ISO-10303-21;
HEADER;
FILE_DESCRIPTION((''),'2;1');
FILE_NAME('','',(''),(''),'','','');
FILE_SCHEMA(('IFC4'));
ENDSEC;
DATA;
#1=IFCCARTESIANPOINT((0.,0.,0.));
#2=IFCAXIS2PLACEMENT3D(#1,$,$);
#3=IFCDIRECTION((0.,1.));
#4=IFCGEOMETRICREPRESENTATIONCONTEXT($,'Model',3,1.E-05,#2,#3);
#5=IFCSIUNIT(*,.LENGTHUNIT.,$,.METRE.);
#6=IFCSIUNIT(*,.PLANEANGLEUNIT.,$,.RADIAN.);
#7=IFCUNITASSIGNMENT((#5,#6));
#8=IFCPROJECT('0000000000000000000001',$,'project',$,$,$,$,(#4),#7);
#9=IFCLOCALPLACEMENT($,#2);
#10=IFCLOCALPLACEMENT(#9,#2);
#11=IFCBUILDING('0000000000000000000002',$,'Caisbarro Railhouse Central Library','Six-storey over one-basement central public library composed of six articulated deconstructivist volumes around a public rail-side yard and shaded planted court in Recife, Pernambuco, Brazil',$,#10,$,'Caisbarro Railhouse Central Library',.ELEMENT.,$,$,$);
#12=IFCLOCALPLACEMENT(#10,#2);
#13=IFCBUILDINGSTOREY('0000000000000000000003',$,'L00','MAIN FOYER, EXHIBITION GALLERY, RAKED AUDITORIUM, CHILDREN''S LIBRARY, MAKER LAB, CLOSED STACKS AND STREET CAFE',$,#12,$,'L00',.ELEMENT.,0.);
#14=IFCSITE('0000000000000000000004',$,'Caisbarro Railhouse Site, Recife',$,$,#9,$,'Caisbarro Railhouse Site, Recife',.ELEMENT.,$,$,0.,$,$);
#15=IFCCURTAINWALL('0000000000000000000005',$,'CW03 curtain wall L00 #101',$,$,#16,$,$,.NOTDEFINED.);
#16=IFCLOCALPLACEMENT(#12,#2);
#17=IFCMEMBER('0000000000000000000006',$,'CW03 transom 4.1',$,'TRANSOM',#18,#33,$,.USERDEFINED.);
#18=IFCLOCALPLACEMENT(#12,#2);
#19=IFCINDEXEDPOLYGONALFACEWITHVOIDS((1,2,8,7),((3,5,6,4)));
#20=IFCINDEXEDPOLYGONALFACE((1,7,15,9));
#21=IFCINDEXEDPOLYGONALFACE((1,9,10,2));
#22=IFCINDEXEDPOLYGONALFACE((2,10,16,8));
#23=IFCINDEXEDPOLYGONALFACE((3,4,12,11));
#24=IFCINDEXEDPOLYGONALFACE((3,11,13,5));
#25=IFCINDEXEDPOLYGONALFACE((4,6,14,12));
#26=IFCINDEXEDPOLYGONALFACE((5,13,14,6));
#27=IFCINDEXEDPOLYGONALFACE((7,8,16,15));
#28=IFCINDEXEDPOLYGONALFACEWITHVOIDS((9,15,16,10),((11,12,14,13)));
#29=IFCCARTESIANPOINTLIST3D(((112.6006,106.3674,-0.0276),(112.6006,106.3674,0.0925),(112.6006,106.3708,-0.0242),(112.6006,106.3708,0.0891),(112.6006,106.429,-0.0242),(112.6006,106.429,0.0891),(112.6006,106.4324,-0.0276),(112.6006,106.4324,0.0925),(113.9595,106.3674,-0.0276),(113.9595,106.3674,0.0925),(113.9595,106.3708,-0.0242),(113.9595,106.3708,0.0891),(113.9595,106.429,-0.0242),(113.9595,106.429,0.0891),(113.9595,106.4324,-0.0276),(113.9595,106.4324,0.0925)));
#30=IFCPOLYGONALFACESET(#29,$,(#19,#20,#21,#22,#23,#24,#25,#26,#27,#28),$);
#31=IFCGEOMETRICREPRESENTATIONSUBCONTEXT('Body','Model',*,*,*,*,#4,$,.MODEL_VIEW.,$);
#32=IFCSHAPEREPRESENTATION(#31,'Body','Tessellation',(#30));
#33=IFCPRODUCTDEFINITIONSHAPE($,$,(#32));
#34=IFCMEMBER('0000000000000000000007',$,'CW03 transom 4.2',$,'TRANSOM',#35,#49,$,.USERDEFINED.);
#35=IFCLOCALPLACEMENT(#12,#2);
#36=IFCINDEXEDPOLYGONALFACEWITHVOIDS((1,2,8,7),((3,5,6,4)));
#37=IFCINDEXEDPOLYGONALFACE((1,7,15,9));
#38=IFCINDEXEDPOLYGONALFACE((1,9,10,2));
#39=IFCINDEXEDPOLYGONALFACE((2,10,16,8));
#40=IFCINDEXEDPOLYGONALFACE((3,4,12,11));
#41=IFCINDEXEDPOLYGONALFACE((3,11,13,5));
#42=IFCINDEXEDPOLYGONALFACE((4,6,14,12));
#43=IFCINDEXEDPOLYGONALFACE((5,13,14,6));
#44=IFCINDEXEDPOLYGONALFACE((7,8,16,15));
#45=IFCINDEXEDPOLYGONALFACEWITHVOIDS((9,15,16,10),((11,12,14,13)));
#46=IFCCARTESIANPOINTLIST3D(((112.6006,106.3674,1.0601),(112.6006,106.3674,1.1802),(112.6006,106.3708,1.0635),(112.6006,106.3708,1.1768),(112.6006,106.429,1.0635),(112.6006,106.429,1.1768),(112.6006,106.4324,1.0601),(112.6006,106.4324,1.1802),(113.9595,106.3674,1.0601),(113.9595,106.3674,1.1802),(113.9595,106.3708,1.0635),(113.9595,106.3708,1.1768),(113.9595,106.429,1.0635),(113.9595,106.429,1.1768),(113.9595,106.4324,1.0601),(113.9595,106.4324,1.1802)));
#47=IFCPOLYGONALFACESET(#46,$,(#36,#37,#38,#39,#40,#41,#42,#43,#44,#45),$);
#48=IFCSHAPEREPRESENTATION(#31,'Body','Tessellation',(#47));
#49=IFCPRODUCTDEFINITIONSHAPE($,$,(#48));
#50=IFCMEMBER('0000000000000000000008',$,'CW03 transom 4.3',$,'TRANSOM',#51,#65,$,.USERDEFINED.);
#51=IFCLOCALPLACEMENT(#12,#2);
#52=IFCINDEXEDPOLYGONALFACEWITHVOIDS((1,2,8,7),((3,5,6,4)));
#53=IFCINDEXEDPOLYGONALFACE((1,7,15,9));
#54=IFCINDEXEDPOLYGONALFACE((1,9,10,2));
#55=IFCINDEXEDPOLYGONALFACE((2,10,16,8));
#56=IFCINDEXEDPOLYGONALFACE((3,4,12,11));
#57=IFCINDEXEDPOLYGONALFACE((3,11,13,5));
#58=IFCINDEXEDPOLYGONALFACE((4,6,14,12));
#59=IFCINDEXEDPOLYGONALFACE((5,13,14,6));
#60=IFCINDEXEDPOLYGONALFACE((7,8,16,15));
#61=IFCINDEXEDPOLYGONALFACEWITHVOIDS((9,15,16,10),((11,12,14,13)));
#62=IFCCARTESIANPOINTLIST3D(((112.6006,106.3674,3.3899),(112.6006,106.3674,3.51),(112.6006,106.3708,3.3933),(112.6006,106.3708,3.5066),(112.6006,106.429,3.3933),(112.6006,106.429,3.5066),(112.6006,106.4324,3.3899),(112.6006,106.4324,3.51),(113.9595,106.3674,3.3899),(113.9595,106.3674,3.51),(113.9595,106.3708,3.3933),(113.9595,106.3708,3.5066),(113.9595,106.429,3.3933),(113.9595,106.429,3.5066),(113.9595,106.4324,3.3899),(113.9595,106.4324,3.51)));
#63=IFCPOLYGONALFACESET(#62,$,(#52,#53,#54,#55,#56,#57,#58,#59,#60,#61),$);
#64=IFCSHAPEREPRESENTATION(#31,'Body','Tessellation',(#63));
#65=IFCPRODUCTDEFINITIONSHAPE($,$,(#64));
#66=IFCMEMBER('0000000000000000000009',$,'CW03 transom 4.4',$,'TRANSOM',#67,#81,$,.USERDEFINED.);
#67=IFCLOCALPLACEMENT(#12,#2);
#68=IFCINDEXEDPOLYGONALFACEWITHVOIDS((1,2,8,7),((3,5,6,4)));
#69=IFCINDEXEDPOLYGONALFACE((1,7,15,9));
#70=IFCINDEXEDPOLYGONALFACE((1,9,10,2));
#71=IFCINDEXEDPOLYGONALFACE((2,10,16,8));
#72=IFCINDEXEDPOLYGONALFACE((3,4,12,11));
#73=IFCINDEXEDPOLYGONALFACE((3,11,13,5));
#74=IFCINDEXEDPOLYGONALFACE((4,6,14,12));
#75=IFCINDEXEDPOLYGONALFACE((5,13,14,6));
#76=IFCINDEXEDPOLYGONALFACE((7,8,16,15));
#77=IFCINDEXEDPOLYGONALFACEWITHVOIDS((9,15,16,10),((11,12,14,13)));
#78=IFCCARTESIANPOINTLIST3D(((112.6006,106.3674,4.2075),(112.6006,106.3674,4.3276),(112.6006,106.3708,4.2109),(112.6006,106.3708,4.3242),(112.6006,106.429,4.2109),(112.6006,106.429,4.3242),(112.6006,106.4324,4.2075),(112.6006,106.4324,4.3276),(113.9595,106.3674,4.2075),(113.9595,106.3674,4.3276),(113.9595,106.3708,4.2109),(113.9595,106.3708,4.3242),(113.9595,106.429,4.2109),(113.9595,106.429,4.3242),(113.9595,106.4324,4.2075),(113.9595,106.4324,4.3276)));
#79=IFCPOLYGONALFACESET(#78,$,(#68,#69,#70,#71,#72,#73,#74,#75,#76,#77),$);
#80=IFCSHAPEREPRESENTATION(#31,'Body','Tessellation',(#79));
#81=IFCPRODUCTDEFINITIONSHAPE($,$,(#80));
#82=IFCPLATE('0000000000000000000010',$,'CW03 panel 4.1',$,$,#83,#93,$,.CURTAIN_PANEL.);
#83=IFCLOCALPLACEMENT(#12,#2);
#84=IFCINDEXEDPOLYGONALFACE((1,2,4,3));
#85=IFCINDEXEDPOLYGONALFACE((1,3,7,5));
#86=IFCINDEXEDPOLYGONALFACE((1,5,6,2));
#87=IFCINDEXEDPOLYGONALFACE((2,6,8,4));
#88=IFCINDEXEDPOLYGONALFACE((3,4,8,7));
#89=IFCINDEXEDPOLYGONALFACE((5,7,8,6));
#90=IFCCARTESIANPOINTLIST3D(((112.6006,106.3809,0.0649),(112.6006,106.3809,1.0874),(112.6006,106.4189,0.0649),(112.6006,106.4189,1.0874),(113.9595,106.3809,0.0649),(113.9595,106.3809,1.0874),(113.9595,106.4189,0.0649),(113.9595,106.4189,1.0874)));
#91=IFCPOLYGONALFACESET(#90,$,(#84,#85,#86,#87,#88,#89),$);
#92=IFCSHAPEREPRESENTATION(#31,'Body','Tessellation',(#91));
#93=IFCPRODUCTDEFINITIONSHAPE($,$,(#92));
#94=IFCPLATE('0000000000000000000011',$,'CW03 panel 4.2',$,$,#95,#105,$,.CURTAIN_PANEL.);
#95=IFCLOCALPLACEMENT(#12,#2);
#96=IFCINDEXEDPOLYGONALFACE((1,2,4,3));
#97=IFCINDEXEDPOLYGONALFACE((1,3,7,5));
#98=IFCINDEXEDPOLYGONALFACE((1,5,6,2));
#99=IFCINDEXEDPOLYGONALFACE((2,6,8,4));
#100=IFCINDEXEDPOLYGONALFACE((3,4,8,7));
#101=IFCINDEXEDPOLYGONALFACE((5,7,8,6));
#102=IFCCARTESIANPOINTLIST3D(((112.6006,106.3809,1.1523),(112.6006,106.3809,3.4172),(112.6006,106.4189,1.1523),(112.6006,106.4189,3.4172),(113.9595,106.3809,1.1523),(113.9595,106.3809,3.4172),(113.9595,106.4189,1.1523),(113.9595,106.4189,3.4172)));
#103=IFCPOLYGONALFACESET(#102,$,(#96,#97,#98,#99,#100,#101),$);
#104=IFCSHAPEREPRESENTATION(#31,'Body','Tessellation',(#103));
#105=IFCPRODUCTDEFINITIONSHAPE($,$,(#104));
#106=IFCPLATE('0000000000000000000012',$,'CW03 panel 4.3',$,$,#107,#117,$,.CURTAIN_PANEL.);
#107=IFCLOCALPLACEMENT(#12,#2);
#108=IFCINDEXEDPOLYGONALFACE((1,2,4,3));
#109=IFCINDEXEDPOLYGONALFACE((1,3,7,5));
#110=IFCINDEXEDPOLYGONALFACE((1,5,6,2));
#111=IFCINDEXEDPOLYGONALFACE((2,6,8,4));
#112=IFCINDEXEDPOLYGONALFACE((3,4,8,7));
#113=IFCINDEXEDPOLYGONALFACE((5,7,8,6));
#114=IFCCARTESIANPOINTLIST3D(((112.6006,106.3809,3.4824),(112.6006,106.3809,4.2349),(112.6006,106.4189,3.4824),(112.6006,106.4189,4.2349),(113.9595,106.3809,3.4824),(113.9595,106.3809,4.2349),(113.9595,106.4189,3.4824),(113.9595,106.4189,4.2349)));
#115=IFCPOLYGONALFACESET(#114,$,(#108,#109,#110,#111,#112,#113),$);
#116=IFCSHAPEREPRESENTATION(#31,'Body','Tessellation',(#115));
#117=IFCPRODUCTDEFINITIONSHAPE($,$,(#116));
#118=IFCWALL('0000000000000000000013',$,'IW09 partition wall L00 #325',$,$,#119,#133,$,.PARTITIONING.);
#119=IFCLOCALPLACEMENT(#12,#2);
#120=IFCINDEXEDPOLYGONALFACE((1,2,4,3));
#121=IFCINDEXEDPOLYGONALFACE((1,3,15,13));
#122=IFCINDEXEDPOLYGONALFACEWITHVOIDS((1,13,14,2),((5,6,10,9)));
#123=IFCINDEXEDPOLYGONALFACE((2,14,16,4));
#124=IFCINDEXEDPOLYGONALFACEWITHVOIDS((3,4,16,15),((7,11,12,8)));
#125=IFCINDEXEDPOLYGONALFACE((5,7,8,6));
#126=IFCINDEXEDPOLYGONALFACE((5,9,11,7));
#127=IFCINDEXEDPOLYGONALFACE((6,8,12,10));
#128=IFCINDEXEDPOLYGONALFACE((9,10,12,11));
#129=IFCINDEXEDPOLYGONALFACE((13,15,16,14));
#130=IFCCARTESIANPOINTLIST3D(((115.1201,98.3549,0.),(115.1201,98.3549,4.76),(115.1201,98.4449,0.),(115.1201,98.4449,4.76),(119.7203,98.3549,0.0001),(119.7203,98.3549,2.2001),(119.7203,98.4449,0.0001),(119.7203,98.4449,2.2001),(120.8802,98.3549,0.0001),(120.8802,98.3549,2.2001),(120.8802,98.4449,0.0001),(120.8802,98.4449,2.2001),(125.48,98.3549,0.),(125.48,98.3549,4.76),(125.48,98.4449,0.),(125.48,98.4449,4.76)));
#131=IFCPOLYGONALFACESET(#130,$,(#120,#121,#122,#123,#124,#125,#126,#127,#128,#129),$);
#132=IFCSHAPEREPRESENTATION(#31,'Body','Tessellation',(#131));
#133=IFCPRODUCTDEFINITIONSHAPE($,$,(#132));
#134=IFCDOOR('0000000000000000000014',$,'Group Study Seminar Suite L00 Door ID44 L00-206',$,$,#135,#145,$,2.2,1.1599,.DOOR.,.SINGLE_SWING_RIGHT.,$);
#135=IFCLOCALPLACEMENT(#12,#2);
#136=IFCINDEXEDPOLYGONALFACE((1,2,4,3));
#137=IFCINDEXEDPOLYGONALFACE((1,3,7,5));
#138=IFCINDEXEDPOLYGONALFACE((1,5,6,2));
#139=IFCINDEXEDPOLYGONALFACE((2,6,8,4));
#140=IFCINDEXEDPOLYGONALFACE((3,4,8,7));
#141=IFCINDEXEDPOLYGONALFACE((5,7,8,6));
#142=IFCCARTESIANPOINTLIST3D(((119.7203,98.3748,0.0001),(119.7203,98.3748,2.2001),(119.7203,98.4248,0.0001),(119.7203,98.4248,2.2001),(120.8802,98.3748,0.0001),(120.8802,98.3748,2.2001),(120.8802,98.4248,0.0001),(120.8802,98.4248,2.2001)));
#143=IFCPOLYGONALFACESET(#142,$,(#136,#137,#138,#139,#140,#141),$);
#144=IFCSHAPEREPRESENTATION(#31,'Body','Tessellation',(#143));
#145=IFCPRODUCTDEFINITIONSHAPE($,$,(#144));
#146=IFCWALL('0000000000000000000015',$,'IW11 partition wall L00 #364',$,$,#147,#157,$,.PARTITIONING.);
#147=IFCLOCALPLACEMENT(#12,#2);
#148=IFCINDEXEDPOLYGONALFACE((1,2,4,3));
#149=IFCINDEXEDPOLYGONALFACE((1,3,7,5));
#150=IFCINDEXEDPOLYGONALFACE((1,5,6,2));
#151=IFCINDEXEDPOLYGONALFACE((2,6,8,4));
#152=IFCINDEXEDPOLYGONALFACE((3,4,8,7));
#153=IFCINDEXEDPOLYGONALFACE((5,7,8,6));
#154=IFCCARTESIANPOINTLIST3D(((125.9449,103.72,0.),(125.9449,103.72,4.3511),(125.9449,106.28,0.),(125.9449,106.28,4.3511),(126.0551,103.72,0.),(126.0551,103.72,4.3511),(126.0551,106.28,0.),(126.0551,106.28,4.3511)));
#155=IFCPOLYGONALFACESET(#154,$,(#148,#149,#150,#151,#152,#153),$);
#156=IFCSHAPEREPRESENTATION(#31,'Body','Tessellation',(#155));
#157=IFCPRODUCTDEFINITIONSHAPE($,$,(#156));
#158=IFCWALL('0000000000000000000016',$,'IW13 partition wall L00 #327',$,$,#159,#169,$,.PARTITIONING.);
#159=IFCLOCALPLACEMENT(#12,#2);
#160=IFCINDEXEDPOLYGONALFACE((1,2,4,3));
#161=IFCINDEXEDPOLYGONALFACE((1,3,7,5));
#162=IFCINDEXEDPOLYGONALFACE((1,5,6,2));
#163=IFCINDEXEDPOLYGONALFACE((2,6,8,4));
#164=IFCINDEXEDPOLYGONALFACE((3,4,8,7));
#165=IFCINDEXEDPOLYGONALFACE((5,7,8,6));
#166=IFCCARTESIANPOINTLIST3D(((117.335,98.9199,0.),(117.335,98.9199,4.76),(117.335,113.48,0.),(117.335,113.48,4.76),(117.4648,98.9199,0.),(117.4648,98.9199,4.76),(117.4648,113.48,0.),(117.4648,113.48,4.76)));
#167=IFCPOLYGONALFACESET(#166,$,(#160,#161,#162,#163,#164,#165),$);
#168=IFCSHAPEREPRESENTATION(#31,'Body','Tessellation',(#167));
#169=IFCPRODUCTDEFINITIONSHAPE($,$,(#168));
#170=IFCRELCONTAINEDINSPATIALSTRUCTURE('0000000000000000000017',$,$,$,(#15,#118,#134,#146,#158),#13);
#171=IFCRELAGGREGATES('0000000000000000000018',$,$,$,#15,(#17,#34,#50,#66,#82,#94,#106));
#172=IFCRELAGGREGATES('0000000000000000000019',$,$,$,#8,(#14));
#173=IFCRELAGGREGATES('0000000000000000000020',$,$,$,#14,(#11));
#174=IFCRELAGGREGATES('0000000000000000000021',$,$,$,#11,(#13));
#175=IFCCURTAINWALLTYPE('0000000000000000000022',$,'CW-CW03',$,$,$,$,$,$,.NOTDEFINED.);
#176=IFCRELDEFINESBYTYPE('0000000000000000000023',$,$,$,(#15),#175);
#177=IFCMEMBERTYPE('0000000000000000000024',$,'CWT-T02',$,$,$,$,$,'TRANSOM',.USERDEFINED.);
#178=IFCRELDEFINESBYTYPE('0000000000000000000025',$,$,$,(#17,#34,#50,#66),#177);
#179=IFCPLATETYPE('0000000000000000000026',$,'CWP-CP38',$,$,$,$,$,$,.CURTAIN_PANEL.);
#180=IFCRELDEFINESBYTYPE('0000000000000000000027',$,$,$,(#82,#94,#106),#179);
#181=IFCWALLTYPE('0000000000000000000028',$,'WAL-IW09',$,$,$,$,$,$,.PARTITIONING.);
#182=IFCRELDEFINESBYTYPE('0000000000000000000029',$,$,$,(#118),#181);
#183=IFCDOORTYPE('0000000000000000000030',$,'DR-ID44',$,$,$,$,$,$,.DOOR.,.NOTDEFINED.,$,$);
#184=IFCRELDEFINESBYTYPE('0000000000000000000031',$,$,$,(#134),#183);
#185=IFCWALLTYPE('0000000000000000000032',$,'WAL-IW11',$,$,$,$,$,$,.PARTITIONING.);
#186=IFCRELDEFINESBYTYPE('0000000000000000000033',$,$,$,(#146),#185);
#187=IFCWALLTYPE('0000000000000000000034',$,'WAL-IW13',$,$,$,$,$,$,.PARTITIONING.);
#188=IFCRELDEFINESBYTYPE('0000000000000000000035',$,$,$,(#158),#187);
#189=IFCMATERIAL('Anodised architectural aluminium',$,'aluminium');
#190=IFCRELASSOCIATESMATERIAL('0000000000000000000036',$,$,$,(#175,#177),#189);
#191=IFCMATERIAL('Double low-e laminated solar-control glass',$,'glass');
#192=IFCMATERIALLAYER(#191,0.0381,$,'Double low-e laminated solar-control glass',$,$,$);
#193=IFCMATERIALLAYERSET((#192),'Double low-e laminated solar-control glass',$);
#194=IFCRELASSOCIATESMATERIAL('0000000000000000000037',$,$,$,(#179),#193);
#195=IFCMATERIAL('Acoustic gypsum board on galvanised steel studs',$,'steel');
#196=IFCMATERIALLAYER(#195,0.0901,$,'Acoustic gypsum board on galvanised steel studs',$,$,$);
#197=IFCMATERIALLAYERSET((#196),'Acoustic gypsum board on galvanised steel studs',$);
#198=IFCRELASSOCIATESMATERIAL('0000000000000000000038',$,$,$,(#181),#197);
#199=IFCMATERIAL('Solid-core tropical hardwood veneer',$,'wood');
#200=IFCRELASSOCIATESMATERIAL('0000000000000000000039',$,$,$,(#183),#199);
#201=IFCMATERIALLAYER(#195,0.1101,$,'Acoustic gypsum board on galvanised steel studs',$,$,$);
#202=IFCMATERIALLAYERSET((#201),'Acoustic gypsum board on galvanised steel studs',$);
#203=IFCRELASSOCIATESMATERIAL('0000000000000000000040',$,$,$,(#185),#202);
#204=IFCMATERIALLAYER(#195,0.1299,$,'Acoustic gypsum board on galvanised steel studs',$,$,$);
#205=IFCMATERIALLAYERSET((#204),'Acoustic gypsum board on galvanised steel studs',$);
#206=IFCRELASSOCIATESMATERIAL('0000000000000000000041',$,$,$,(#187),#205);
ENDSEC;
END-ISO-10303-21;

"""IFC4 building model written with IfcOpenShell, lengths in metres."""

from ifc_helpers import new_model, si_unit, direction, frame, frame_2d, origin, origin_2d, place, context, subcontext, project, spatial, rectangle, hollow_rectangle, extrude, material, layer, layer_set, material_profile, profile_set, type_object, element, fill, aggregate, save


model = new_model("IFC4")

# Units and contexts
model_context = context("Model", 3, precision=1e-05, world=origin(), true_north=direction((0.0, 1.0)))
body_context = subcontext(model_context, "Body", "Model", "MODEL_VIEW")
ifc_project = project(units=[si_unit("LENGTHUNIT", "METRE"), si_unit("PLANEANGLEUNIT", "RADIAN")], contexts=[model_context])

# Site, building, storey
site_placement = place(None, origin())
site = spatial("IfcSite", under=ifc_project, at=site_placement, Name="Caisbarro Railhouse Site, Recife", LongName="Caisbarro Railhouse Site, Recife", CompositionType="ELEMENT", RefElevation=0.0)
building_placement = place(site_placement, origin())
building = spatial("IfcBuilding", under=site, at=building_placement, Name="Caisbarro Railhouse Central Library", Description="Six-storey over one-basement central public library composed of six articulated deconstructivist volumes around a public rail-side yard and shaded planted court in Recife, Pernambuco, Brazil", LongName="Caisbarro Railhouse Central Library", CompositionType="ELEMENT")
storey_placement = place(building_placement, origin())
storey = spatial("IfcBuildingStorey", under=building, at=storey_placement, Name="L00", Description="MAIN FOYER, EXHIBITION GALLERY, RAKED AUDITORIUM, CHILDREN'S LIBRARY, MAKER LAB, CLOSED STACKS AND STREET CAFE", LongName="L00", CompositionType="ELEMENT", Elevation=0.0)

# Curtain wall, members, plates
ifc_material_1 = material(Name="Anodised architectural aluminium", Category="aluminium")
curtain_wall_type = type_object("IfcCurtainWallType", Name="CW-CW03", PredefinedType="NOTDEFINED", material=ifc_material_1)
curtain_wall_placement = place(storey_placement, origin())
curtain_wall = element("IfcCurtainWall", 1, at=curtain_wall_placement, inside=storey, type_object=curtain_wall_type, Name="CW03 curtain wall L00 #101", PredefinedType="NOTDEFINED")
ifc_material_profile_1 = material_profile(ifc_material_1, hollow_rectangle(XDim=0.0649, YDim=0.1201, WallThickness=0.0034, at=origin_2d()), Name="ALU-TRN-65X120")
ifc_profile_set_1 = profile_set([ifc_material_profile_1], Name="Anodised architectural aluminium")
member_type_1 = type_object("IfcMemberType", Name="CWT-T02", ElementType="TRANSOM", PredefinedType="USERDEFINED", material=ifc_profile_set_1)
member_1_placement = place(storey_placement, frame((112.6006, 106.3999, 0.0325), z_axis=(1.0, 0.0, 0.0), x_axis=(0.0, 1.0, 0.0)))
member_1 = element("IfcMember", 2, at=member_1_placement, type_object=member_type_1, Name="CW03 transom 4.1", ObjectType="TRANSOM", PredefinedType="USERDEFINED", context=body_context, shape_type="SweptSolid", body=[
    extrude(hollow_rectangle(XDim=0.0649, YDim=0.1201, WallThickness=0.0034, at=origin_2d()), origin(), (0.0, 0.0, 1.0), 1.3589),
])
member_2_placement = place(storey_placement, frame((112.6006, 106.3999, 1.1201), z_axis=(1.0, 0.0, 0.0), x_axis=(0.0, 1.0, 0.0)))
member_2 = element("IfcMember", 3, at=member_2_placement, type_object=member_type_1, Name="CW03 transom 4.2", ObjectType="TRANSOM", PredefinedType="USERDEFINED", context=body_context, shape_type="SweptSolid", body=[
    extrude(hollow_rectangle(XDim=0.0649, YDim=0.1201, WallThickness=0.0034, at=origin_2d()), origin(), (0.0, 0.0, 1.0), 1.3589),
])
member_3_placement = place(storey_placement, frame((112.6006, 106.3999, 3.45), z_axis=(1.0, 0.0, 0.0), x_axis=(0.0, 1.0, 0.0)))
member_3 = element("IfcMember", 4, at=member_3_placement, type_object=member_type_1, Name="CW03 transom 4.3", ObjectType="TRANSOM", PredefinedType="USERDEFINED", context=body_context, shape_type="SweptSolid", body=[
    extrude(hollow_rectangle(XDim=0.0649, YDim=0.1201, WallThickness=0.0034, at=origin_2d()), origin(), (0.0, 0.0, 1.0), 1.3589),
])
member_4_placement = place(storey_placement, frame((112.6006, 106.3999, 4.2676), z_axis=(1.0, 0.0, 0.0), x_axis=(0.0, 1.0, 0.0)))
member_4 = element("IfcMember", 5, at=member_4_placement, type_object=member_type_1, Name="CW03 transom 4.4", ObjectType="TRANSOM", PredefinedType="USERDEFINED", context=body_context, shape_type="SweptSolid", body=[
    extrude(hollow_rectangle(XDim=0.0649, YDim=0.1201, WallThickness=0.0034, at=origin_2d()), origin(), (0.0, 0.0, 1.0), 1.3589),
])
ifc_material_2 = material(Name="Double low-e laminated solar-control glass", Category="glass")
ifc_layer_1 = layer(ifc_material_2, 0.0381, Name="Double low-e laminated solar-control glass")
ifc_layer_set_1 = layer_set([ifc_layer_1], Name="Double low-e laminated solar-control glass")
plate_type = type_object("IfcPlateType", Name="CWP-CP38", PredefinedType="CURTAIN_PANEL", material=ifc_layer_set_1)
plate_1_placement = place(storey_placement, frame((113.28, 106.3999, 0.0649), z_axis=(0.0, 0.0, 1.0), x_axis=(1.0, 0.0, 0.0)))
plate_1 = element("IfcPlate", 6, at=plate_1_placement, type_object=plate_type, Name="CW03 panel 4.1", PredefinedType="CURTAIN_PANEL", context=body_context, shape_type="SweptSolid", body=[
    extrude(rectangle(XDim=1.3589, YDim=0.0381, at=origin_2d()), origin(), (0.0, 0.0, 1.0), 1.0225),
])
plate_2_placement = place(storey_placement, frame((113.28, 106.3999, 1.1523), z_axis=(0.0, 0.0, 1.0), x_axis=(1.0, 0.0, 0.0)))
plate_2 = element("IfcPlate", 7, at=plate_2_placement, type_object=plate_type, Name="CW03 panel 4.2", PredefinedType="CURTAIN_PANEL", context=body_context, shape_type="SweptSolid", body=[
    extrude(rectangle(XDim=1.3589, YDim=0.0381, at=origin_2d()), origin(), (0.0, 0.0, 1.0), 2.2649),
])
plate_3_placement = place(storey_placement, frame((113.28, 106.3999, 3.4824), z_axis=(0.0, 0.0, 1.0), x_axis=(1.0, 0.0, 0.0)))
plate_3 = element("IfcPlate", 8, at=plate_3_placement, type_object=plate_type, Name="CW03 panel 4.3", PredefinedType="CURTAIN_PANEL", context=body_context, shape_type="SweptSolid", body=[
    extrude(rectangle(XDim=1.3589, YDim=0.0381, at=origin_2d()), origin(), (0.0, 0.0, 1.0), 0.7524),
])
aggregate(curtain_wall, [member_1, member_2, member_3, member_4, plate_1, plate_2, plate_3])

# Wall, opening, door
ifc_material_3 = material(Name="Acoustic gypsum board on galvanised steel studs", Category="steel")
ifc_layer_2 = layer(ifc_material_3, 0.0901, Name="Acoustic gypsum board on galvanised steel studs")
ifc_layer_set_2 = layer_set([ifc_layer_2], Name="Acoustic gypsum board on galvanised steel studs")
wall_type_1 = type_object("IfcWallType", Name="WAL-IW09", PredefinedType="PARTITIONING", material=ifc_layer_set_2)
wall_1_placement = place(storey_placement, frame((115.1201, 98.3999, 0.0), z_axis=(0.0, 0.0, 1.0), x_axis=(1.0, 0.0, 0.0)))
wall_1 = element("IfcWall", 9, at=wall_1_placement, inside=storey, type_object=wall_type_1, Name="IW09 partition wall L00 #325", PredefinedType="PARTITIONING", context=body_context, shape_type="SweptSolid", body=[
    extrude(rectangle(XDim=10.3599, YDim=0.0901, at=frame_2d((5.1799, 0.0))), origin(), (0.0, 0.0, 1.0), 4.76),
])
opening_placement = place(wall_1_placement, frame((4.6001, 0.0, 0.0)))
opening = element("IfcOpeningElement", 10, at=opening_placement, cuts=wall_1, PredefinedType="OPENING", context=body_context, shape_type="SweptSolid", body=[
    extrude(rectangle(XDim=1.1599, YDim=2.2, at=frame_2d((0.5801, 1.1001))), frame((0.0, 0.0552, 0.0), z_axis=(0.0, -1.0, 0.0), x_axis=(1.0, 0.0, 0.0)), (0.0, 0.0, 1.0), 0.1101),
])
ifc_material_4 = material(Name="Solid-core tropical hardwood veneer", Category="wood")
door_type = type_object("IfcDoorType", Name="DR-ID44", OperationType="NOTDEFINED", PredefinedType="DOOR", material=ifc_material_4)
door_placement = place(opening_placement, origin())
door = element("IfcDoor", 11, at=door_placement, inside=storey, type_object=door_type, Name="Group Study Seminar Suite L00 Door ID44 L00-206", OperationType="SINGLE_SWING_RIGHT", OverallHeight=2.2, OverallWidth=1.1599, PredefinedType="DOOR", context=body_context, shape_type="SweptSolid", body=[
    extrude(rectangle(XDim=1.1599, YDim=2.2, at=frame_2d((0.5801, 1.1001))), frame((0.0, 0.0249, 0.0), z_axis=(0.0, -1.0, 0.0), x_axis=(1.0, 0.0, 0.0)), (0.0, 0.0, 1.0), 0.05),
])
fill(opening, door)

# Walls
ifc_layer_3 = layer(ifc_material_3, 0.1101, Name="Acoustic gypsum board on galvanised steel studs")
ifc_layer_set_3 = layer_set([ifc_layer_3], Name="Acoustic gypsum board on galvanised steel studs")
wall_type_2 = type_object("IfcWallType", Name="WAL-IW11", PredefinedType="PARTITIONING", material=ifc_layer_set_3)
wall_2_placement = place(storey_placement, frame((126.0, 103.72, 0.0), z_axis=(0.0, 0.0, 1.0), x_axis=(0.0, 1.0, 0.0)))
element("IfcWall", 12, at=wall_2_placement, inside=storey, type_object=wall_type_2, Name="IW11 partition wall L00 #364", PredefinedType="PARTITIONING", context=body_context, shape_type="SweptSolid", body=[
    extrude(rectangle(XDim=2.5601, YDim=0.1101, at=frame_2d((1.28, 0.0))), origin(), (0.0, 0.0, 1.0), 4.3511),
])
ifc_layer_4 = layer(ifc_material_3, 0.1299, Name="Acoustic gypsum board on galvanised steel studs")
ifc_layer_set_4 = layer_set([ifc_layer_4], Name="Acoustic gypsum board on galvanised steel studs")
wall_type_3 = type_object("IfcWallType", Name="WAL-IW13", PredefinedType="PARTITIONING", material=ifc_layer_set_4)
wall_3_placement = place(storey_placement, frame((117.3999, 98.9199, 0.0), z_axis=(0.0, 0.0, 1.0), x_axis=(0.0, 1.0, 0.0)))
element("IfcWall", 13, at=wall_3_placement, inside=storey, type_object=wall_type_3, Name="IW13 partition wall L00 #327", PredefinedType="PARTITIONING", context=body_context, shape_type="SweptSolid", body=[
    extrude(rectangle(XDim=14.5601, YDim=0.1299, at=frame_2d((7.28, 0.0))), origin(), (0.0, 0.0, 1.0), 4.76),
])

save(model, "model.ifc")
